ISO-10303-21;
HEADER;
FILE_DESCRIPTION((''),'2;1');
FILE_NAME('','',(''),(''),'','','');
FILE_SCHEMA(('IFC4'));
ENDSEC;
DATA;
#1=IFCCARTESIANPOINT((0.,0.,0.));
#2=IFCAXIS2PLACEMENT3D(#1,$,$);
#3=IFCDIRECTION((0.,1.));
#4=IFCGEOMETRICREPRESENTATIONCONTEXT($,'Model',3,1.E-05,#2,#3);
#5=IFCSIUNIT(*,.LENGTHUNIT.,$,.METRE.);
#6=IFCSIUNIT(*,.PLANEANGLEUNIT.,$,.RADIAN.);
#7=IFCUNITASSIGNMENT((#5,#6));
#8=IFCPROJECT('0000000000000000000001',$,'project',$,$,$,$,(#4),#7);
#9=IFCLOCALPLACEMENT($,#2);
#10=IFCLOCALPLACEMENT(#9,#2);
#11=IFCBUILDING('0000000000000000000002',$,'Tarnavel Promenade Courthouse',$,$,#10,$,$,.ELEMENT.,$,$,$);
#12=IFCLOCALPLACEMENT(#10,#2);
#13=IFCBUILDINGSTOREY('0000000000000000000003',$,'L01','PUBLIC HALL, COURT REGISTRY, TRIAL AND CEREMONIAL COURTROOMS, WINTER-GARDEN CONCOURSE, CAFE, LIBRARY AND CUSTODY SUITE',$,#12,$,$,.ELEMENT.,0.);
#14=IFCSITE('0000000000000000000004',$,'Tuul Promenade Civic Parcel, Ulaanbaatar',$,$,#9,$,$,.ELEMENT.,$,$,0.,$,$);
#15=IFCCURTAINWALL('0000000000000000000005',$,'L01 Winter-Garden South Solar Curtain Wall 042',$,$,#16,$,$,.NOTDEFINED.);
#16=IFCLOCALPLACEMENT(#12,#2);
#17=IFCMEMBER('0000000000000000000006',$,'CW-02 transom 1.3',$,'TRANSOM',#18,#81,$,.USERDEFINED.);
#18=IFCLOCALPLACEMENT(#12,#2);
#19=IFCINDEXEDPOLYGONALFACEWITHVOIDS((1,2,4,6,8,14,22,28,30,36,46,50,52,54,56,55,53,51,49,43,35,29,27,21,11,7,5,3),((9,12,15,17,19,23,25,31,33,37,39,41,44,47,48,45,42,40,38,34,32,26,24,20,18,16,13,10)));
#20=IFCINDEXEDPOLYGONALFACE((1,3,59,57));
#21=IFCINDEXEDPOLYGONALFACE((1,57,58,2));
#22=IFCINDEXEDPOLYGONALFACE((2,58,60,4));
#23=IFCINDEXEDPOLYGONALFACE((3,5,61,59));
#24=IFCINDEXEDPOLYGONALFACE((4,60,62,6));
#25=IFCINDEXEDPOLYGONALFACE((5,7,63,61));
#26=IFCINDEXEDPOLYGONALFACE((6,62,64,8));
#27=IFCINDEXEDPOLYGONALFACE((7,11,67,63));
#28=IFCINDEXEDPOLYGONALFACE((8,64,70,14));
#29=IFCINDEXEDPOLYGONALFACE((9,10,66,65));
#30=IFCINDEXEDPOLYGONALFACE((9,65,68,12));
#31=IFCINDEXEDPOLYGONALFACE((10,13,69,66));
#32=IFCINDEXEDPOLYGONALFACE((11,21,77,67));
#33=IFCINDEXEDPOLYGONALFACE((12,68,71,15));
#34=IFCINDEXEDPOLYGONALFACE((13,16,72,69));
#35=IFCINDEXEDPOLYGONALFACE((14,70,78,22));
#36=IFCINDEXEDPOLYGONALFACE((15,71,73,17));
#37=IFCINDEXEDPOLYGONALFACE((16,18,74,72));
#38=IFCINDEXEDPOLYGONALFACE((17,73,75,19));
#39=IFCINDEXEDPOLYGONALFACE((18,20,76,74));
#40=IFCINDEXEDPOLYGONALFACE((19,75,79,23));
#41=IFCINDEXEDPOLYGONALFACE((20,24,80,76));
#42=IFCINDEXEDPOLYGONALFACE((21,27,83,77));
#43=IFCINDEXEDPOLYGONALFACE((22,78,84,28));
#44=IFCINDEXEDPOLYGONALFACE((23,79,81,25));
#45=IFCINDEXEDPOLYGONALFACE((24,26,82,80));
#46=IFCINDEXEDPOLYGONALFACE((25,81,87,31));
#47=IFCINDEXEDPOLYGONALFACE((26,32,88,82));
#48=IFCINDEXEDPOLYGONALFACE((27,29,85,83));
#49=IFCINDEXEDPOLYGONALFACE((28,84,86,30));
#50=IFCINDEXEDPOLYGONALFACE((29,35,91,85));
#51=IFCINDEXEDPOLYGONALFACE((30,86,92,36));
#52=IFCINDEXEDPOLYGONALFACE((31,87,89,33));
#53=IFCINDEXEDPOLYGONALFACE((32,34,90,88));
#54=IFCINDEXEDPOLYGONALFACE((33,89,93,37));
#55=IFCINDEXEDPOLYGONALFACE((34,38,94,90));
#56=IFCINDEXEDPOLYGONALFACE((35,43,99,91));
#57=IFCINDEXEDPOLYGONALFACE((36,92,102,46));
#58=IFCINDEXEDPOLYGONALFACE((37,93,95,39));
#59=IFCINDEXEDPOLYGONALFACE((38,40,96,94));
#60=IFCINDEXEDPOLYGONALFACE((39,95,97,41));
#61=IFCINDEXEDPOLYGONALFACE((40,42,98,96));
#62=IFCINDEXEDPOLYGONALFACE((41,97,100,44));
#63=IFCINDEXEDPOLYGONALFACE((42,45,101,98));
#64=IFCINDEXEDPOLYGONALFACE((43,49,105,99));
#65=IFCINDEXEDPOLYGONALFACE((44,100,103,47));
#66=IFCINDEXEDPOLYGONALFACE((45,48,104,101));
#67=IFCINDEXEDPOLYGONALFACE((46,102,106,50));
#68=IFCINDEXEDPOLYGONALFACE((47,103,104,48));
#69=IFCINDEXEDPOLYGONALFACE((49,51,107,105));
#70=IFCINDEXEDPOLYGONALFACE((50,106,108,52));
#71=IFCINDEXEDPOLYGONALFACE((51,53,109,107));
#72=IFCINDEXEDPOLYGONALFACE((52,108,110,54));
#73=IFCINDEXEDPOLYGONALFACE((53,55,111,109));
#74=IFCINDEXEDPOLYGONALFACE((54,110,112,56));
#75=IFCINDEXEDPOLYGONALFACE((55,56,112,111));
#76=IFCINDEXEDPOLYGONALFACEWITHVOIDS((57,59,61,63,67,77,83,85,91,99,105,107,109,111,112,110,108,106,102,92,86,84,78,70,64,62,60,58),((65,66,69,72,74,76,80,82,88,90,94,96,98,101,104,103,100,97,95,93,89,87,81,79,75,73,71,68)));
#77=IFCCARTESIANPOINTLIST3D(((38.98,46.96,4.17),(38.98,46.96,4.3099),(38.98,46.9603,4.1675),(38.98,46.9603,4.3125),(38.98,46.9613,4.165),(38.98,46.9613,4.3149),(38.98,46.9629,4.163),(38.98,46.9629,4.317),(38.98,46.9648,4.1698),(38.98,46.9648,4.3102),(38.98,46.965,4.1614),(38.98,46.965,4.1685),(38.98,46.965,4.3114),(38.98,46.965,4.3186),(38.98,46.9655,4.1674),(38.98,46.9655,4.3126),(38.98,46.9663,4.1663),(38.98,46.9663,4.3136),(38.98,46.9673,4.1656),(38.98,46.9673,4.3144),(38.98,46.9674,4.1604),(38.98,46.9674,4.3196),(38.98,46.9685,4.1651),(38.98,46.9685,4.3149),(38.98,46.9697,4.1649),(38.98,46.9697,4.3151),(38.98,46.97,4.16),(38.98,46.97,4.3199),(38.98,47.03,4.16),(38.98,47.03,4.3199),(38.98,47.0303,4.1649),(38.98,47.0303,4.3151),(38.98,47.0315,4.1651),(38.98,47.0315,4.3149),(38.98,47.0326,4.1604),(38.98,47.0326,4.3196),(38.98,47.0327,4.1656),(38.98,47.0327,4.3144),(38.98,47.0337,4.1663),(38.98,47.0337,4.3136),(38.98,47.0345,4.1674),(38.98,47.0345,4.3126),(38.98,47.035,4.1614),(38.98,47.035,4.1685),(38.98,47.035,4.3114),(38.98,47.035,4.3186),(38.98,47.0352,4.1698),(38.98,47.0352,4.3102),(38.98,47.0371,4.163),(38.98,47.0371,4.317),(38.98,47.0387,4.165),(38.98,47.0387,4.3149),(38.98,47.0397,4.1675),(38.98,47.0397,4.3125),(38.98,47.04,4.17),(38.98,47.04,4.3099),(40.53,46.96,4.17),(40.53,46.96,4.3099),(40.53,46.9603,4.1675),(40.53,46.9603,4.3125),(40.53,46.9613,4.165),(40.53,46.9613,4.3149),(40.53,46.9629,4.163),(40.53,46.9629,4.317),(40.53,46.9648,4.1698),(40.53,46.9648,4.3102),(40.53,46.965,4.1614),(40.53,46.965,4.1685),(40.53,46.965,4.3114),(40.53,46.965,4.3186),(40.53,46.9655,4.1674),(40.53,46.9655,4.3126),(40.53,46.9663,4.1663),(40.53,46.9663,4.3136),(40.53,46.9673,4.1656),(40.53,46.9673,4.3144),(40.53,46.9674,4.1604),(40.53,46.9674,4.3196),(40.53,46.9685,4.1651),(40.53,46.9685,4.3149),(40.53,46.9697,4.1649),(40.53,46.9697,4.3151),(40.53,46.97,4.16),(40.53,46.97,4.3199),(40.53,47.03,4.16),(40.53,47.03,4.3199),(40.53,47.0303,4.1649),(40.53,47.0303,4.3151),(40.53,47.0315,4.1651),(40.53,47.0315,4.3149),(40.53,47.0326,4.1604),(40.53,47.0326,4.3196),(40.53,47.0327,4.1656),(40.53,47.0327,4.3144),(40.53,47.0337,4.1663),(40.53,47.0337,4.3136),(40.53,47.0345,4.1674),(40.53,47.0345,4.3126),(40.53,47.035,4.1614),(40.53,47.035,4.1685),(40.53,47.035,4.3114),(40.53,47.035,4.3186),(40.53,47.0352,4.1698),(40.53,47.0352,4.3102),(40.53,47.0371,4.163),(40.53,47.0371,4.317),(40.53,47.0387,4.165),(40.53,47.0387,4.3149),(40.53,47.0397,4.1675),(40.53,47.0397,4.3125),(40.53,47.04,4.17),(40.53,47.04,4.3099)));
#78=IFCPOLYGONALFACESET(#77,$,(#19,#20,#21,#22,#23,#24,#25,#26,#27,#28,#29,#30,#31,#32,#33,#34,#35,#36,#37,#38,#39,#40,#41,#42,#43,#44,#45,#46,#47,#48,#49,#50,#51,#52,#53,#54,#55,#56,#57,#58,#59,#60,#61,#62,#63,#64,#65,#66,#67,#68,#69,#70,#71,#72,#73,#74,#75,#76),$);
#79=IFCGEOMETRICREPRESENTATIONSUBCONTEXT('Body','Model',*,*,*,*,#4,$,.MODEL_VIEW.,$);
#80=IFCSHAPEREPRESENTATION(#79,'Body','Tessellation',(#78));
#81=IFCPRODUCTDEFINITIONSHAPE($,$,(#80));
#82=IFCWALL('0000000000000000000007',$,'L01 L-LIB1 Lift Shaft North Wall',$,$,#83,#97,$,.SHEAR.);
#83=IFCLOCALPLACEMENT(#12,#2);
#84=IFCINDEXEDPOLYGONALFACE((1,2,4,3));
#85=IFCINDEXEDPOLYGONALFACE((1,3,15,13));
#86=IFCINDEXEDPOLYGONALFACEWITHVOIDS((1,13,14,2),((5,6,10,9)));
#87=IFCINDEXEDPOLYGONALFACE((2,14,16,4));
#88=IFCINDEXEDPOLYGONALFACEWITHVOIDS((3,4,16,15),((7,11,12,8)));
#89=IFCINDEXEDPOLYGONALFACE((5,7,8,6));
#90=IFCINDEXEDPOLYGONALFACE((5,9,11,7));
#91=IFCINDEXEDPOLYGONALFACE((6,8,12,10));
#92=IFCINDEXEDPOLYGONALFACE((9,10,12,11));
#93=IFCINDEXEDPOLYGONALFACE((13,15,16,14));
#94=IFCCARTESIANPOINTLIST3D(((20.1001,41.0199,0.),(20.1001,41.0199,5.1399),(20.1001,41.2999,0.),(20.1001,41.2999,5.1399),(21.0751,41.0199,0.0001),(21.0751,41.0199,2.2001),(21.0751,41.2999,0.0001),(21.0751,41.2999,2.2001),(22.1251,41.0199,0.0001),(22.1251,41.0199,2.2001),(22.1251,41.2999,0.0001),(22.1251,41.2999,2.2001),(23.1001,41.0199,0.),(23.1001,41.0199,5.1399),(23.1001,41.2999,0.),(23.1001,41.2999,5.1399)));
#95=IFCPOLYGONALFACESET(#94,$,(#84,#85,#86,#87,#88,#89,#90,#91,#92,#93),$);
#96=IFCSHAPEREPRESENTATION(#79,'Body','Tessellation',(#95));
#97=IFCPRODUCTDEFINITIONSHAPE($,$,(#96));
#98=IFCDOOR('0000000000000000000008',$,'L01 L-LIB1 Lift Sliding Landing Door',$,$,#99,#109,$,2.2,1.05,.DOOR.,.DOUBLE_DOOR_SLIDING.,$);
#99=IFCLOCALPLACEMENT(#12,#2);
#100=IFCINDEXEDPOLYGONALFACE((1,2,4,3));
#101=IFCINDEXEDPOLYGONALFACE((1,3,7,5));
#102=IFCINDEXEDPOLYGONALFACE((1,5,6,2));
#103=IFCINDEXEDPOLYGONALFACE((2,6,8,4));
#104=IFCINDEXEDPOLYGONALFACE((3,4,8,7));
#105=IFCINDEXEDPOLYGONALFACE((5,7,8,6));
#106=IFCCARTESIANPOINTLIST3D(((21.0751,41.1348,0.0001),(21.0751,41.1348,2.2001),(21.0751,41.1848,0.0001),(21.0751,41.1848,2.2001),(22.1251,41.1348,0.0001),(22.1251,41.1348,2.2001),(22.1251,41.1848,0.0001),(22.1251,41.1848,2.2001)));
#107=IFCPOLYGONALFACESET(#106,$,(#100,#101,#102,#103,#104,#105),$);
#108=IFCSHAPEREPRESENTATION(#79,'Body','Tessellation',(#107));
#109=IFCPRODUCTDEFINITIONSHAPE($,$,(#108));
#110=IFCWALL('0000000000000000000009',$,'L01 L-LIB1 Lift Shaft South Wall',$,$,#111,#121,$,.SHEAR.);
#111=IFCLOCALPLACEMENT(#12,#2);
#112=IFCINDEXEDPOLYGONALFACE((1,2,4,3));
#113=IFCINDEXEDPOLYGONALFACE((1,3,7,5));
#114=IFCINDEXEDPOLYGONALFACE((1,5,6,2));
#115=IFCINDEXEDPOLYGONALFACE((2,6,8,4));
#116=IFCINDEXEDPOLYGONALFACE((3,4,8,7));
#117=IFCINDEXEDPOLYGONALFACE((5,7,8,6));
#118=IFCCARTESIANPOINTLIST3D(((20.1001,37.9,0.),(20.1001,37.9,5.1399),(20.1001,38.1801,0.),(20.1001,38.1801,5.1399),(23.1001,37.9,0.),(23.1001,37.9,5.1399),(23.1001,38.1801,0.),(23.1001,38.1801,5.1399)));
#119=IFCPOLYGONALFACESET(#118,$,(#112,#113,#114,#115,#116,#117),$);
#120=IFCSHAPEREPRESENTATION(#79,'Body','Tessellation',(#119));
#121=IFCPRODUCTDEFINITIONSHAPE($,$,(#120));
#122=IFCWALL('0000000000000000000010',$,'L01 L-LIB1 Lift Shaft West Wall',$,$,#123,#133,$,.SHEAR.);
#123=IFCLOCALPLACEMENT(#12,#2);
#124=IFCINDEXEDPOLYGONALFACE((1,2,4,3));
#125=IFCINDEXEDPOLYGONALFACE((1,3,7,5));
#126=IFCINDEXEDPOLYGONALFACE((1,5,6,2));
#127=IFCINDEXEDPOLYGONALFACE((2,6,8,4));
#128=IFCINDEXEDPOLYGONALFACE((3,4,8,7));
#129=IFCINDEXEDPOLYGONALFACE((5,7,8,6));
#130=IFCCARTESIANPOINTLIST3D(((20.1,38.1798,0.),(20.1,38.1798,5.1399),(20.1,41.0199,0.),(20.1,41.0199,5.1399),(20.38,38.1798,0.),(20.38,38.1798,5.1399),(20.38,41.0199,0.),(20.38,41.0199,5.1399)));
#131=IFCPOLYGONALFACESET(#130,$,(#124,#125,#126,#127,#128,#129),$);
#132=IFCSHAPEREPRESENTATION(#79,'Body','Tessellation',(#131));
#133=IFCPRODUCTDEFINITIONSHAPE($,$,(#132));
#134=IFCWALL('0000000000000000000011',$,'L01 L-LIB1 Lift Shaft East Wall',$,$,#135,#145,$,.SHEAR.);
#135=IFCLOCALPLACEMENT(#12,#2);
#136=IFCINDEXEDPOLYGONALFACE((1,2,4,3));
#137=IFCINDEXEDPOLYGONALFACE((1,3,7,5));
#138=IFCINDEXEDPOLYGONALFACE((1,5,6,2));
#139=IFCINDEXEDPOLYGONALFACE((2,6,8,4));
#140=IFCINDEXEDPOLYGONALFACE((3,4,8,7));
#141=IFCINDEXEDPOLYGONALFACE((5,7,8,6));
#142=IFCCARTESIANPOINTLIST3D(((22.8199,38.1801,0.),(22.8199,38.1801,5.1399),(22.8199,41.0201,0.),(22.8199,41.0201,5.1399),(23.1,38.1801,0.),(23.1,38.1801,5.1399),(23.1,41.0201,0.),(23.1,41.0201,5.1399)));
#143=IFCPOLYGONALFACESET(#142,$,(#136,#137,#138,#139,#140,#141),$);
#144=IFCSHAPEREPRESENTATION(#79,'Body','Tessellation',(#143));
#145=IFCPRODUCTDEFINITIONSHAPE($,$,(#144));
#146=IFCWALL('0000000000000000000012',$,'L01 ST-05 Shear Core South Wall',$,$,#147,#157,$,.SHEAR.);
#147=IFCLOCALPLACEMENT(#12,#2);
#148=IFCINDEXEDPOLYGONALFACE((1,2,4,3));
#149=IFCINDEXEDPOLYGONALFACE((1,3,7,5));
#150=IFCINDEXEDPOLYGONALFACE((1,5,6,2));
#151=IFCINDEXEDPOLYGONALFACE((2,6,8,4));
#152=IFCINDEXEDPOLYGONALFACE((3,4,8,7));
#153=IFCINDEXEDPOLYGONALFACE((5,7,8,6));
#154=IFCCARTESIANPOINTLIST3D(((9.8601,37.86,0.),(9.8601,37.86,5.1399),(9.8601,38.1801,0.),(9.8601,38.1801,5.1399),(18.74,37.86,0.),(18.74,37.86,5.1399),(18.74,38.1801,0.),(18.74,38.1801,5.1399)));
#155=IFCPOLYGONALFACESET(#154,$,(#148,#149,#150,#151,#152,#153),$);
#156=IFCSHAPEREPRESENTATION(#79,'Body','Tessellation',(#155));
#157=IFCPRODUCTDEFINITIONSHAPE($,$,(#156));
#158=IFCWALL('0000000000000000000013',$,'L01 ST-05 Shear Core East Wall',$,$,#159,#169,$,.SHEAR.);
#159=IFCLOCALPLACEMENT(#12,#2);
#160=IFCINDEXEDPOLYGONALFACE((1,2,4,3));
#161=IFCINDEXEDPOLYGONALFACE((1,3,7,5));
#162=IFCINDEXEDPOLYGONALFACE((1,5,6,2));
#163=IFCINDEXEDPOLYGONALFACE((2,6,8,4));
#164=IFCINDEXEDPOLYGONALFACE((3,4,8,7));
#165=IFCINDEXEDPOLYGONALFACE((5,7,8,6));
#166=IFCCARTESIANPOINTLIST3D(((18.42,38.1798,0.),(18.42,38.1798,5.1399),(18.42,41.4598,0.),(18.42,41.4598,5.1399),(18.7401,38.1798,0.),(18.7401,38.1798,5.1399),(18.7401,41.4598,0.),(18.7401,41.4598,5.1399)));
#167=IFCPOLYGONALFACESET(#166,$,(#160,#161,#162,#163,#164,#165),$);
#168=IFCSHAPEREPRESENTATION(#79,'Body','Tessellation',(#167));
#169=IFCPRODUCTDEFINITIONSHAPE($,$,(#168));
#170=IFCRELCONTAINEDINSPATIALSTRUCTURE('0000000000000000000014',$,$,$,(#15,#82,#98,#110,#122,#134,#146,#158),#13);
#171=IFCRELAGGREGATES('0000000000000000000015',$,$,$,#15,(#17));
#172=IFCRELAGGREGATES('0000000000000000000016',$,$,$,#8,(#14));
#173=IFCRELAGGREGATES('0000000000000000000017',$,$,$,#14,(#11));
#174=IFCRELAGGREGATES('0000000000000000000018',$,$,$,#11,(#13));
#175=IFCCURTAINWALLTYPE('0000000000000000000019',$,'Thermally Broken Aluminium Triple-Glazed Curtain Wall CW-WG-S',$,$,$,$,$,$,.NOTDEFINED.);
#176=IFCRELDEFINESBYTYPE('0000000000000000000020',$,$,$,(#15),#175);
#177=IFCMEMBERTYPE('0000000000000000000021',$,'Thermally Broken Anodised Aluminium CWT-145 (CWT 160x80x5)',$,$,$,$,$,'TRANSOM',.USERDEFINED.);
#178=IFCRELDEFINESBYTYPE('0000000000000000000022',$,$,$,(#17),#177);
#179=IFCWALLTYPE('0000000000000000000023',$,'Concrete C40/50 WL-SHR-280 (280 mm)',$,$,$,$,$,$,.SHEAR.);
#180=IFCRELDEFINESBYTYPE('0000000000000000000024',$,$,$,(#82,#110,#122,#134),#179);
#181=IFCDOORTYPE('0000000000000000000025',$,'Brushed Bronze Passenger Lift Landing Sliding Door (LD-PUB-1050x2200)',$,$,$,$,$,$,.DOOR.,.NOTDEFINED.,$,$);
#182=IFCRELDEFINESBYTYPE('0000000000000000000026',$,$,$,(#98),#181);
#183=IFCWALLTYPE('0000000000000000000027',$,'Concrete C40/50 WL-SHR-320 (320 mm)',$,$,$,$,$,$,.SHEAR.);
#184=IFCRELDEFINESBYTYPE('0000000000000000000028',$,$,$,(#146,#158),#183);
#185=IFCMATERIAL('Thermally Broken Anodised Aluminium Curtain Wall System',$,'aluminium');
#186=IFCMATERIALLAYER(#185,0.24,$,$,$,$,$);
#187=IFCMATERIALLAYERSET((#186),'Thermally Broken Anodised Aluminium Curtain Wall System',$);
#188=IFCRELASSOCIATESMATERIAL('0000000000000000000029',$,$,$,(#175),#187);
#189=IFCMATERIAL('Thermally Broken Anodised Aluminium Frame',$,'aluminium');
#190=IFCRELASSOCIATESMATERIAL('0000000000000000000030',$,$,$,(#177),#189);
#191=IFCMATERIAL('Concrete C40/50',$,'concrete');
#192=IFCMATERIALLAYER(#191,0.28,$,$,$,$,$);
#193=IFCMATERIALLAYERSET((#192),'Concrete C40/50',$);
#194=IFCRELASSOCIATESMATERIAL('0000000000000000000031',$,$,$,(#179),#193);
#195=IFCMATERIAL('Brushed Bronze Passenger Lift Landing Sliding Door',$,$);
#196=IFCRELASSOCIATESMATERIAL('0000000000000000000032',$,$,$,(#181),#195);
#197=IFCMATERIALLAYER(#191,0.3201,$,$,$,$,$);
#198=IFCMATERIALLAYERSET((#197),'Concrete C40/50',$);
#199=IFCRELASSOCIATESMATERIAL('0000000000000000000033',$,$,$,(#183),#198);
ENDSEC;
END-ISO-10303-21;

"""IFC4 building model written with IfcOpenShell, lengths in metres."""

from ifc_helpers import new_model, si_unit, direction, frame, frame_2d, origin, origin_2d, place, context, subcontext, project, spatial, rectangle, hollow_rectangle, extrude, material, layer, layer_set, material_profile, profile_set, type_object, element, fill, aggregate, save


model = new_model("IFC4")

# Units and contexts
model_context = context("Model", 3, precision=1e-05, world=origin(), true_north=direction((0.0, 1.0)))
body_context = subcontext(model_context, "Body", "Model", "MODEL_VIEW")
ifc_project = project(units=[si_unit("LENGTHUNIT", "METRE"), si_unit("PLANEANGLEUNIT", "RADIAN")], contexts=[model_context])

# Site, building, storey
site_placement = place(None, origin())
site = spatial("IfcSite", under=ifc_project, at=site_placement, Name="Tuul Promenade Civic Parcel, Ulaanbaatar", CompositionType="ELEMENT", RefElevation=0.0)
building_placement = place(site_placement, origin())
building = spatial("IfcBuilding", under=site, at=building_placement, Name="Tarnavel Promenade Courthouse", CompositionType="ELEMENT")
storey_placement = place(building_placement, origin())
storey = spatial("IfcBuildingStorey", under=building, at=storey_placement, Name="L01", Description="PUBLIC HALL, COURT REGISTRY, TRIAL AND CEREMONIAL COURTROOMS, WINTER-GARDEN CONCOURSE, CAFE, LIBRARY AND CUSTODY SUITE", CompositionType="ELEMENT", Elevation=0.0)

# Shared definitions
ifc_material_1 = material(Name="Concrete C40/50", Category="concrete")

# Curtain wall, member
ifc_material_2 = material(Name="Thermally Broken Anodised Aluminium Curtain Wall System", Category="aluminium")
ifc_layer_1 = layer(ifc_material_2, 0.24)
ifc_layer_set_1 = layer_set([ifc_layer_1], Name="Thermally Broken Anodised Aluminium Curtain Wall System")
curtain_wall_type = type_object("IfcCurtainWallType", Name="Thermally Broken Aluminium Triple-Glazed Curtain Wall CW-WG-S", PredefinedType="NOTDEFINED", material=ifc_layer_set_1)
curtain_wall_placement = place(storey_placement, origin())
curtain_wall = element("IfcCurtainWall", 1, at=curtain_wall_placement, inside=storey, type_object=curtain_wall_type, Name="L01 Winter-Garden South Solar Curtain Wall 042", PredefinedType="NOTDEFINED")
ifc_material_3 = material(Name="Thermally Broken Anodised Aluminium Frame", Category="aluminium")
ifc_material_profile_1 = material_profile(ifc_material_3, hollow_rectangle(XDim=0.0801, YDim=0.1599, WallThickness=0.0049, InnerFilletRadius=0.0049, OuterFilletRadius=0.01, at=origin_2d()), Name="CWT 160x80x5")
ifc_profile_set_1 = profile_set([ifc_material_profile_1], Name="Thermally Broken Anodised Aluminium Frame")
member_type_1 = type_object("IfcMemberType", Name="Thermally Broken Anodised Aluminium CWT-145 (CWT 160x80x5)", ElementType="TRANSOM", PredefinedType="USERDEFINED", material=ifc_profile_set_1)
member_1_placement = place(storey_placement, frame((38.98, 47.0, 4.24), z_axis=(1.0, 0.0, 0.0), x_axis=(0.0, 1.0, 0.0)))
member_1 = element("IfcMember", 2, at=member_1_placement, type_object=member_type_1, Name="CW-02 transom 1.3", ObjectType="TRANSOM", PredefinedType="USERDEFINED", context=body_context, shape_type="SweptSolid", body=[
    extrude(hollow_rectangle(XDim=0.0801, YDim=0.1599, WallThickness=0.0049, InnerFilletRadius=0.0049, OuterFilletRadius=0.01, at=origin_2d()), origin(), (0.0, 0.0, 1.0), 1.55),
])
aggregate(curtain_wall, [member_1])

# Wall, opening, door
ifc_layer_2 = layer(ifc_material_1, 0.28)
ifc_layer_set_2 = layer_set([ifc_layer_2], Name="Concrete C40/50")
wall_type_1 = type_object("IfcWallType", Name="Concrete C40/50 WL-SHR-280 (280 mm)", PredefinedType="SHEAR", material=ifc_layer_set_2)
wall_1_placement = place(storey_placement, frame((20.1001, 41.1599, 0.0), z_axis=(0.0, 0.0, 1.0), x_axis=(1.0, 0.0, 0.0)))
wall_1 = element("IfcWall", 3, at=wall_1_placement, inside=storey, type_object=wall_type_1, Name="L01 L-LIB1 Lift Shaft North Wall", PredefinedType="SHEAR", context=body_context, shape_type="SweptSolid", body=[
    extrude(rectangle(XDim=3.0, YDim=0.28, at=frame_2d((1.5, 0.0))), origin(), (0.0, 0.0, 1.0), 5.1399),
])
opening_placement = place(wall_1_placement, frame((0.9751, 0.0, 0.0)))
opening = element("IfcOpeningElement", 4, at=opening_placement, cuts=wall_1, PredefinedType="OPENING", context=body_context, shape_type="SweptSolid", body=[
    extrude(rectangle(XDim=1.05, YDim=2.2, at=frame_2d((0.5249, 1.1001))), frame((0.0, 0.1499, 0.0), z_axis=(0.0, -1.0, 0.0), x_axis=(1.0, 0.0, 0.0)), (0.0, 0.0, 1.0), 0.3),
])
ifc_material_4 = material(Name="Brushed Bronze Passenger Lift Landing Sliding Door")
door_type = type_object("IfcDoorType", Name="Brushed Bronze Passenger Lift Landing Sliding Door (LD-PUB-1050x2200)", OperationType="NOTDEFINED", PredefinedType="DOOR", material=ifc_material_4)
door_placement = place(opening_placement, origin())
door = element("IfcDoor", 5, at=door_placement, inside=storey, type_object=door_type, Name="L01 L-LIB1 Lift Sliding Landing Door", OperationType="DOUBLE_DOOR_SLIDING", OverallHeight=2.2, OverallWidth=1.05, PredefinedType="DOOR", context=body_context, shape_type="SweptSolid", body=[
    extrude(rectangle(XDim=1.05, YDim=2.2, at=frame_2d((0.5249, 1.1001))), frame((0.0, 0.0249, 0.0), z_axis=(0.0, -1.0, 0.0), x_axis=(1.0, 0.0, 0.0)), (0.0, 0.0, 1.0), 0.05),
])
fill(opening, door)

# Walls
wall_2_placement = place(storey_placement, frame((23.1001, 38.04, 0.0), z_axis=(0.0, 0.0, 1.0), x_axis=(-1.0, 0.0, 0.0)))
element("IfcWall", 6, at=wall_2_placement, inside=storey, type_object=wall_type_1, Name="L01 L-LIB1 Lift Shaft South Wall", PredefinedType="SHEAR", context=body_context, shape_type="SweptSolid", body=[
    extrude(rectangle(XDim=3.0, YDim=0.28, at=frame_2d((1.5, 0.0))), origin(), (0.0, 0.0, 1.0), 5.1399),
])
for number, where, z_axis, x_axis, name in (
    (7, (20.24, 38.1799, 0.0), (0.0, 0.0, 1.0), (0.0, 1.0, 0.0), "L01 L-LIB1 Lift Shaft West Wall"),
    (8, (22.96, 41.02, 0.0), (0.0, 0.0, 1.0), (0.0, -1.0, 0.0), "L01 L-LIB1 Lift Shaft East Wall"),
):
    element("IfcWall", number, at=place(storey_placement, frame(where, z_axis=z_axis, x_axis=x_axis)), inside=storey, type_object=wall_type_1, Name=name, PredefinedType="SHEAR", context=body_context, shape_type="SweptSolid", body=[
        extrude(rectangle(XDim=2.8401, YDim=0.28, at=frame_2d((1.4199, 0.0))), origin(), (0.0, 0.0, 1.0), 5.1399),
    ])
ifc_layer_3 = layer(ifc_material_1, 0.3201)
ifc_layer_set_3 = layer_set([ifc_layer_3], Name="Concrete C40/50")
wall_type_2 = type_object("IfcWallType", Name="Concrete C40/50 WL-SHR-320 (320 mm)", PredefinedType="SHEAR", material=ifc_layer_set_3)
wall_3_placement = place(storey_placement, frame((18.74, 38.02, 0.0), z_axis=(0.0, 0.0, 1.0), x_axis=(-1.0, 0.0, 0.0)))
element("IfcWall", 9, at=wall_3_placement, inside=storey, type_object=wall_type_2, Name="L01 ST-05 Shear Core South Wall", PredefinedType="SHEAR", context=body_context, shape_type="SweptSolid", body=[
    extrude(rectangle(XDim=8.8799, YDim=0.3201, at=frame_2d((4.4399, 0.0))), origin(), (0.0, 0.0, 1.0), 5.1399),
])
wall_4_placement = place(storey_placement, frame((18.5801, 41.46, 0.0), z_axis=(0.0, 0.0, 1.0), x_axis=(0.0, -1.0, 0.0)))
element("IfcWall", 10, at=wall_4_placement, inside=storey, type_object=wall_type_2, Name="L01 ST-05 Shear Core East Wall", PredefinedType="SHEAR", context=body_context, shape_type="SweptSolid", body=[
    extrude(rectangle(XDim=3.28, YDim=0.3201, at=frame_2d((1.6401, 0.0))), origin(), (0.0, 0.0, 1.0), 5.1399),
])

save(model, "model.ifc")
